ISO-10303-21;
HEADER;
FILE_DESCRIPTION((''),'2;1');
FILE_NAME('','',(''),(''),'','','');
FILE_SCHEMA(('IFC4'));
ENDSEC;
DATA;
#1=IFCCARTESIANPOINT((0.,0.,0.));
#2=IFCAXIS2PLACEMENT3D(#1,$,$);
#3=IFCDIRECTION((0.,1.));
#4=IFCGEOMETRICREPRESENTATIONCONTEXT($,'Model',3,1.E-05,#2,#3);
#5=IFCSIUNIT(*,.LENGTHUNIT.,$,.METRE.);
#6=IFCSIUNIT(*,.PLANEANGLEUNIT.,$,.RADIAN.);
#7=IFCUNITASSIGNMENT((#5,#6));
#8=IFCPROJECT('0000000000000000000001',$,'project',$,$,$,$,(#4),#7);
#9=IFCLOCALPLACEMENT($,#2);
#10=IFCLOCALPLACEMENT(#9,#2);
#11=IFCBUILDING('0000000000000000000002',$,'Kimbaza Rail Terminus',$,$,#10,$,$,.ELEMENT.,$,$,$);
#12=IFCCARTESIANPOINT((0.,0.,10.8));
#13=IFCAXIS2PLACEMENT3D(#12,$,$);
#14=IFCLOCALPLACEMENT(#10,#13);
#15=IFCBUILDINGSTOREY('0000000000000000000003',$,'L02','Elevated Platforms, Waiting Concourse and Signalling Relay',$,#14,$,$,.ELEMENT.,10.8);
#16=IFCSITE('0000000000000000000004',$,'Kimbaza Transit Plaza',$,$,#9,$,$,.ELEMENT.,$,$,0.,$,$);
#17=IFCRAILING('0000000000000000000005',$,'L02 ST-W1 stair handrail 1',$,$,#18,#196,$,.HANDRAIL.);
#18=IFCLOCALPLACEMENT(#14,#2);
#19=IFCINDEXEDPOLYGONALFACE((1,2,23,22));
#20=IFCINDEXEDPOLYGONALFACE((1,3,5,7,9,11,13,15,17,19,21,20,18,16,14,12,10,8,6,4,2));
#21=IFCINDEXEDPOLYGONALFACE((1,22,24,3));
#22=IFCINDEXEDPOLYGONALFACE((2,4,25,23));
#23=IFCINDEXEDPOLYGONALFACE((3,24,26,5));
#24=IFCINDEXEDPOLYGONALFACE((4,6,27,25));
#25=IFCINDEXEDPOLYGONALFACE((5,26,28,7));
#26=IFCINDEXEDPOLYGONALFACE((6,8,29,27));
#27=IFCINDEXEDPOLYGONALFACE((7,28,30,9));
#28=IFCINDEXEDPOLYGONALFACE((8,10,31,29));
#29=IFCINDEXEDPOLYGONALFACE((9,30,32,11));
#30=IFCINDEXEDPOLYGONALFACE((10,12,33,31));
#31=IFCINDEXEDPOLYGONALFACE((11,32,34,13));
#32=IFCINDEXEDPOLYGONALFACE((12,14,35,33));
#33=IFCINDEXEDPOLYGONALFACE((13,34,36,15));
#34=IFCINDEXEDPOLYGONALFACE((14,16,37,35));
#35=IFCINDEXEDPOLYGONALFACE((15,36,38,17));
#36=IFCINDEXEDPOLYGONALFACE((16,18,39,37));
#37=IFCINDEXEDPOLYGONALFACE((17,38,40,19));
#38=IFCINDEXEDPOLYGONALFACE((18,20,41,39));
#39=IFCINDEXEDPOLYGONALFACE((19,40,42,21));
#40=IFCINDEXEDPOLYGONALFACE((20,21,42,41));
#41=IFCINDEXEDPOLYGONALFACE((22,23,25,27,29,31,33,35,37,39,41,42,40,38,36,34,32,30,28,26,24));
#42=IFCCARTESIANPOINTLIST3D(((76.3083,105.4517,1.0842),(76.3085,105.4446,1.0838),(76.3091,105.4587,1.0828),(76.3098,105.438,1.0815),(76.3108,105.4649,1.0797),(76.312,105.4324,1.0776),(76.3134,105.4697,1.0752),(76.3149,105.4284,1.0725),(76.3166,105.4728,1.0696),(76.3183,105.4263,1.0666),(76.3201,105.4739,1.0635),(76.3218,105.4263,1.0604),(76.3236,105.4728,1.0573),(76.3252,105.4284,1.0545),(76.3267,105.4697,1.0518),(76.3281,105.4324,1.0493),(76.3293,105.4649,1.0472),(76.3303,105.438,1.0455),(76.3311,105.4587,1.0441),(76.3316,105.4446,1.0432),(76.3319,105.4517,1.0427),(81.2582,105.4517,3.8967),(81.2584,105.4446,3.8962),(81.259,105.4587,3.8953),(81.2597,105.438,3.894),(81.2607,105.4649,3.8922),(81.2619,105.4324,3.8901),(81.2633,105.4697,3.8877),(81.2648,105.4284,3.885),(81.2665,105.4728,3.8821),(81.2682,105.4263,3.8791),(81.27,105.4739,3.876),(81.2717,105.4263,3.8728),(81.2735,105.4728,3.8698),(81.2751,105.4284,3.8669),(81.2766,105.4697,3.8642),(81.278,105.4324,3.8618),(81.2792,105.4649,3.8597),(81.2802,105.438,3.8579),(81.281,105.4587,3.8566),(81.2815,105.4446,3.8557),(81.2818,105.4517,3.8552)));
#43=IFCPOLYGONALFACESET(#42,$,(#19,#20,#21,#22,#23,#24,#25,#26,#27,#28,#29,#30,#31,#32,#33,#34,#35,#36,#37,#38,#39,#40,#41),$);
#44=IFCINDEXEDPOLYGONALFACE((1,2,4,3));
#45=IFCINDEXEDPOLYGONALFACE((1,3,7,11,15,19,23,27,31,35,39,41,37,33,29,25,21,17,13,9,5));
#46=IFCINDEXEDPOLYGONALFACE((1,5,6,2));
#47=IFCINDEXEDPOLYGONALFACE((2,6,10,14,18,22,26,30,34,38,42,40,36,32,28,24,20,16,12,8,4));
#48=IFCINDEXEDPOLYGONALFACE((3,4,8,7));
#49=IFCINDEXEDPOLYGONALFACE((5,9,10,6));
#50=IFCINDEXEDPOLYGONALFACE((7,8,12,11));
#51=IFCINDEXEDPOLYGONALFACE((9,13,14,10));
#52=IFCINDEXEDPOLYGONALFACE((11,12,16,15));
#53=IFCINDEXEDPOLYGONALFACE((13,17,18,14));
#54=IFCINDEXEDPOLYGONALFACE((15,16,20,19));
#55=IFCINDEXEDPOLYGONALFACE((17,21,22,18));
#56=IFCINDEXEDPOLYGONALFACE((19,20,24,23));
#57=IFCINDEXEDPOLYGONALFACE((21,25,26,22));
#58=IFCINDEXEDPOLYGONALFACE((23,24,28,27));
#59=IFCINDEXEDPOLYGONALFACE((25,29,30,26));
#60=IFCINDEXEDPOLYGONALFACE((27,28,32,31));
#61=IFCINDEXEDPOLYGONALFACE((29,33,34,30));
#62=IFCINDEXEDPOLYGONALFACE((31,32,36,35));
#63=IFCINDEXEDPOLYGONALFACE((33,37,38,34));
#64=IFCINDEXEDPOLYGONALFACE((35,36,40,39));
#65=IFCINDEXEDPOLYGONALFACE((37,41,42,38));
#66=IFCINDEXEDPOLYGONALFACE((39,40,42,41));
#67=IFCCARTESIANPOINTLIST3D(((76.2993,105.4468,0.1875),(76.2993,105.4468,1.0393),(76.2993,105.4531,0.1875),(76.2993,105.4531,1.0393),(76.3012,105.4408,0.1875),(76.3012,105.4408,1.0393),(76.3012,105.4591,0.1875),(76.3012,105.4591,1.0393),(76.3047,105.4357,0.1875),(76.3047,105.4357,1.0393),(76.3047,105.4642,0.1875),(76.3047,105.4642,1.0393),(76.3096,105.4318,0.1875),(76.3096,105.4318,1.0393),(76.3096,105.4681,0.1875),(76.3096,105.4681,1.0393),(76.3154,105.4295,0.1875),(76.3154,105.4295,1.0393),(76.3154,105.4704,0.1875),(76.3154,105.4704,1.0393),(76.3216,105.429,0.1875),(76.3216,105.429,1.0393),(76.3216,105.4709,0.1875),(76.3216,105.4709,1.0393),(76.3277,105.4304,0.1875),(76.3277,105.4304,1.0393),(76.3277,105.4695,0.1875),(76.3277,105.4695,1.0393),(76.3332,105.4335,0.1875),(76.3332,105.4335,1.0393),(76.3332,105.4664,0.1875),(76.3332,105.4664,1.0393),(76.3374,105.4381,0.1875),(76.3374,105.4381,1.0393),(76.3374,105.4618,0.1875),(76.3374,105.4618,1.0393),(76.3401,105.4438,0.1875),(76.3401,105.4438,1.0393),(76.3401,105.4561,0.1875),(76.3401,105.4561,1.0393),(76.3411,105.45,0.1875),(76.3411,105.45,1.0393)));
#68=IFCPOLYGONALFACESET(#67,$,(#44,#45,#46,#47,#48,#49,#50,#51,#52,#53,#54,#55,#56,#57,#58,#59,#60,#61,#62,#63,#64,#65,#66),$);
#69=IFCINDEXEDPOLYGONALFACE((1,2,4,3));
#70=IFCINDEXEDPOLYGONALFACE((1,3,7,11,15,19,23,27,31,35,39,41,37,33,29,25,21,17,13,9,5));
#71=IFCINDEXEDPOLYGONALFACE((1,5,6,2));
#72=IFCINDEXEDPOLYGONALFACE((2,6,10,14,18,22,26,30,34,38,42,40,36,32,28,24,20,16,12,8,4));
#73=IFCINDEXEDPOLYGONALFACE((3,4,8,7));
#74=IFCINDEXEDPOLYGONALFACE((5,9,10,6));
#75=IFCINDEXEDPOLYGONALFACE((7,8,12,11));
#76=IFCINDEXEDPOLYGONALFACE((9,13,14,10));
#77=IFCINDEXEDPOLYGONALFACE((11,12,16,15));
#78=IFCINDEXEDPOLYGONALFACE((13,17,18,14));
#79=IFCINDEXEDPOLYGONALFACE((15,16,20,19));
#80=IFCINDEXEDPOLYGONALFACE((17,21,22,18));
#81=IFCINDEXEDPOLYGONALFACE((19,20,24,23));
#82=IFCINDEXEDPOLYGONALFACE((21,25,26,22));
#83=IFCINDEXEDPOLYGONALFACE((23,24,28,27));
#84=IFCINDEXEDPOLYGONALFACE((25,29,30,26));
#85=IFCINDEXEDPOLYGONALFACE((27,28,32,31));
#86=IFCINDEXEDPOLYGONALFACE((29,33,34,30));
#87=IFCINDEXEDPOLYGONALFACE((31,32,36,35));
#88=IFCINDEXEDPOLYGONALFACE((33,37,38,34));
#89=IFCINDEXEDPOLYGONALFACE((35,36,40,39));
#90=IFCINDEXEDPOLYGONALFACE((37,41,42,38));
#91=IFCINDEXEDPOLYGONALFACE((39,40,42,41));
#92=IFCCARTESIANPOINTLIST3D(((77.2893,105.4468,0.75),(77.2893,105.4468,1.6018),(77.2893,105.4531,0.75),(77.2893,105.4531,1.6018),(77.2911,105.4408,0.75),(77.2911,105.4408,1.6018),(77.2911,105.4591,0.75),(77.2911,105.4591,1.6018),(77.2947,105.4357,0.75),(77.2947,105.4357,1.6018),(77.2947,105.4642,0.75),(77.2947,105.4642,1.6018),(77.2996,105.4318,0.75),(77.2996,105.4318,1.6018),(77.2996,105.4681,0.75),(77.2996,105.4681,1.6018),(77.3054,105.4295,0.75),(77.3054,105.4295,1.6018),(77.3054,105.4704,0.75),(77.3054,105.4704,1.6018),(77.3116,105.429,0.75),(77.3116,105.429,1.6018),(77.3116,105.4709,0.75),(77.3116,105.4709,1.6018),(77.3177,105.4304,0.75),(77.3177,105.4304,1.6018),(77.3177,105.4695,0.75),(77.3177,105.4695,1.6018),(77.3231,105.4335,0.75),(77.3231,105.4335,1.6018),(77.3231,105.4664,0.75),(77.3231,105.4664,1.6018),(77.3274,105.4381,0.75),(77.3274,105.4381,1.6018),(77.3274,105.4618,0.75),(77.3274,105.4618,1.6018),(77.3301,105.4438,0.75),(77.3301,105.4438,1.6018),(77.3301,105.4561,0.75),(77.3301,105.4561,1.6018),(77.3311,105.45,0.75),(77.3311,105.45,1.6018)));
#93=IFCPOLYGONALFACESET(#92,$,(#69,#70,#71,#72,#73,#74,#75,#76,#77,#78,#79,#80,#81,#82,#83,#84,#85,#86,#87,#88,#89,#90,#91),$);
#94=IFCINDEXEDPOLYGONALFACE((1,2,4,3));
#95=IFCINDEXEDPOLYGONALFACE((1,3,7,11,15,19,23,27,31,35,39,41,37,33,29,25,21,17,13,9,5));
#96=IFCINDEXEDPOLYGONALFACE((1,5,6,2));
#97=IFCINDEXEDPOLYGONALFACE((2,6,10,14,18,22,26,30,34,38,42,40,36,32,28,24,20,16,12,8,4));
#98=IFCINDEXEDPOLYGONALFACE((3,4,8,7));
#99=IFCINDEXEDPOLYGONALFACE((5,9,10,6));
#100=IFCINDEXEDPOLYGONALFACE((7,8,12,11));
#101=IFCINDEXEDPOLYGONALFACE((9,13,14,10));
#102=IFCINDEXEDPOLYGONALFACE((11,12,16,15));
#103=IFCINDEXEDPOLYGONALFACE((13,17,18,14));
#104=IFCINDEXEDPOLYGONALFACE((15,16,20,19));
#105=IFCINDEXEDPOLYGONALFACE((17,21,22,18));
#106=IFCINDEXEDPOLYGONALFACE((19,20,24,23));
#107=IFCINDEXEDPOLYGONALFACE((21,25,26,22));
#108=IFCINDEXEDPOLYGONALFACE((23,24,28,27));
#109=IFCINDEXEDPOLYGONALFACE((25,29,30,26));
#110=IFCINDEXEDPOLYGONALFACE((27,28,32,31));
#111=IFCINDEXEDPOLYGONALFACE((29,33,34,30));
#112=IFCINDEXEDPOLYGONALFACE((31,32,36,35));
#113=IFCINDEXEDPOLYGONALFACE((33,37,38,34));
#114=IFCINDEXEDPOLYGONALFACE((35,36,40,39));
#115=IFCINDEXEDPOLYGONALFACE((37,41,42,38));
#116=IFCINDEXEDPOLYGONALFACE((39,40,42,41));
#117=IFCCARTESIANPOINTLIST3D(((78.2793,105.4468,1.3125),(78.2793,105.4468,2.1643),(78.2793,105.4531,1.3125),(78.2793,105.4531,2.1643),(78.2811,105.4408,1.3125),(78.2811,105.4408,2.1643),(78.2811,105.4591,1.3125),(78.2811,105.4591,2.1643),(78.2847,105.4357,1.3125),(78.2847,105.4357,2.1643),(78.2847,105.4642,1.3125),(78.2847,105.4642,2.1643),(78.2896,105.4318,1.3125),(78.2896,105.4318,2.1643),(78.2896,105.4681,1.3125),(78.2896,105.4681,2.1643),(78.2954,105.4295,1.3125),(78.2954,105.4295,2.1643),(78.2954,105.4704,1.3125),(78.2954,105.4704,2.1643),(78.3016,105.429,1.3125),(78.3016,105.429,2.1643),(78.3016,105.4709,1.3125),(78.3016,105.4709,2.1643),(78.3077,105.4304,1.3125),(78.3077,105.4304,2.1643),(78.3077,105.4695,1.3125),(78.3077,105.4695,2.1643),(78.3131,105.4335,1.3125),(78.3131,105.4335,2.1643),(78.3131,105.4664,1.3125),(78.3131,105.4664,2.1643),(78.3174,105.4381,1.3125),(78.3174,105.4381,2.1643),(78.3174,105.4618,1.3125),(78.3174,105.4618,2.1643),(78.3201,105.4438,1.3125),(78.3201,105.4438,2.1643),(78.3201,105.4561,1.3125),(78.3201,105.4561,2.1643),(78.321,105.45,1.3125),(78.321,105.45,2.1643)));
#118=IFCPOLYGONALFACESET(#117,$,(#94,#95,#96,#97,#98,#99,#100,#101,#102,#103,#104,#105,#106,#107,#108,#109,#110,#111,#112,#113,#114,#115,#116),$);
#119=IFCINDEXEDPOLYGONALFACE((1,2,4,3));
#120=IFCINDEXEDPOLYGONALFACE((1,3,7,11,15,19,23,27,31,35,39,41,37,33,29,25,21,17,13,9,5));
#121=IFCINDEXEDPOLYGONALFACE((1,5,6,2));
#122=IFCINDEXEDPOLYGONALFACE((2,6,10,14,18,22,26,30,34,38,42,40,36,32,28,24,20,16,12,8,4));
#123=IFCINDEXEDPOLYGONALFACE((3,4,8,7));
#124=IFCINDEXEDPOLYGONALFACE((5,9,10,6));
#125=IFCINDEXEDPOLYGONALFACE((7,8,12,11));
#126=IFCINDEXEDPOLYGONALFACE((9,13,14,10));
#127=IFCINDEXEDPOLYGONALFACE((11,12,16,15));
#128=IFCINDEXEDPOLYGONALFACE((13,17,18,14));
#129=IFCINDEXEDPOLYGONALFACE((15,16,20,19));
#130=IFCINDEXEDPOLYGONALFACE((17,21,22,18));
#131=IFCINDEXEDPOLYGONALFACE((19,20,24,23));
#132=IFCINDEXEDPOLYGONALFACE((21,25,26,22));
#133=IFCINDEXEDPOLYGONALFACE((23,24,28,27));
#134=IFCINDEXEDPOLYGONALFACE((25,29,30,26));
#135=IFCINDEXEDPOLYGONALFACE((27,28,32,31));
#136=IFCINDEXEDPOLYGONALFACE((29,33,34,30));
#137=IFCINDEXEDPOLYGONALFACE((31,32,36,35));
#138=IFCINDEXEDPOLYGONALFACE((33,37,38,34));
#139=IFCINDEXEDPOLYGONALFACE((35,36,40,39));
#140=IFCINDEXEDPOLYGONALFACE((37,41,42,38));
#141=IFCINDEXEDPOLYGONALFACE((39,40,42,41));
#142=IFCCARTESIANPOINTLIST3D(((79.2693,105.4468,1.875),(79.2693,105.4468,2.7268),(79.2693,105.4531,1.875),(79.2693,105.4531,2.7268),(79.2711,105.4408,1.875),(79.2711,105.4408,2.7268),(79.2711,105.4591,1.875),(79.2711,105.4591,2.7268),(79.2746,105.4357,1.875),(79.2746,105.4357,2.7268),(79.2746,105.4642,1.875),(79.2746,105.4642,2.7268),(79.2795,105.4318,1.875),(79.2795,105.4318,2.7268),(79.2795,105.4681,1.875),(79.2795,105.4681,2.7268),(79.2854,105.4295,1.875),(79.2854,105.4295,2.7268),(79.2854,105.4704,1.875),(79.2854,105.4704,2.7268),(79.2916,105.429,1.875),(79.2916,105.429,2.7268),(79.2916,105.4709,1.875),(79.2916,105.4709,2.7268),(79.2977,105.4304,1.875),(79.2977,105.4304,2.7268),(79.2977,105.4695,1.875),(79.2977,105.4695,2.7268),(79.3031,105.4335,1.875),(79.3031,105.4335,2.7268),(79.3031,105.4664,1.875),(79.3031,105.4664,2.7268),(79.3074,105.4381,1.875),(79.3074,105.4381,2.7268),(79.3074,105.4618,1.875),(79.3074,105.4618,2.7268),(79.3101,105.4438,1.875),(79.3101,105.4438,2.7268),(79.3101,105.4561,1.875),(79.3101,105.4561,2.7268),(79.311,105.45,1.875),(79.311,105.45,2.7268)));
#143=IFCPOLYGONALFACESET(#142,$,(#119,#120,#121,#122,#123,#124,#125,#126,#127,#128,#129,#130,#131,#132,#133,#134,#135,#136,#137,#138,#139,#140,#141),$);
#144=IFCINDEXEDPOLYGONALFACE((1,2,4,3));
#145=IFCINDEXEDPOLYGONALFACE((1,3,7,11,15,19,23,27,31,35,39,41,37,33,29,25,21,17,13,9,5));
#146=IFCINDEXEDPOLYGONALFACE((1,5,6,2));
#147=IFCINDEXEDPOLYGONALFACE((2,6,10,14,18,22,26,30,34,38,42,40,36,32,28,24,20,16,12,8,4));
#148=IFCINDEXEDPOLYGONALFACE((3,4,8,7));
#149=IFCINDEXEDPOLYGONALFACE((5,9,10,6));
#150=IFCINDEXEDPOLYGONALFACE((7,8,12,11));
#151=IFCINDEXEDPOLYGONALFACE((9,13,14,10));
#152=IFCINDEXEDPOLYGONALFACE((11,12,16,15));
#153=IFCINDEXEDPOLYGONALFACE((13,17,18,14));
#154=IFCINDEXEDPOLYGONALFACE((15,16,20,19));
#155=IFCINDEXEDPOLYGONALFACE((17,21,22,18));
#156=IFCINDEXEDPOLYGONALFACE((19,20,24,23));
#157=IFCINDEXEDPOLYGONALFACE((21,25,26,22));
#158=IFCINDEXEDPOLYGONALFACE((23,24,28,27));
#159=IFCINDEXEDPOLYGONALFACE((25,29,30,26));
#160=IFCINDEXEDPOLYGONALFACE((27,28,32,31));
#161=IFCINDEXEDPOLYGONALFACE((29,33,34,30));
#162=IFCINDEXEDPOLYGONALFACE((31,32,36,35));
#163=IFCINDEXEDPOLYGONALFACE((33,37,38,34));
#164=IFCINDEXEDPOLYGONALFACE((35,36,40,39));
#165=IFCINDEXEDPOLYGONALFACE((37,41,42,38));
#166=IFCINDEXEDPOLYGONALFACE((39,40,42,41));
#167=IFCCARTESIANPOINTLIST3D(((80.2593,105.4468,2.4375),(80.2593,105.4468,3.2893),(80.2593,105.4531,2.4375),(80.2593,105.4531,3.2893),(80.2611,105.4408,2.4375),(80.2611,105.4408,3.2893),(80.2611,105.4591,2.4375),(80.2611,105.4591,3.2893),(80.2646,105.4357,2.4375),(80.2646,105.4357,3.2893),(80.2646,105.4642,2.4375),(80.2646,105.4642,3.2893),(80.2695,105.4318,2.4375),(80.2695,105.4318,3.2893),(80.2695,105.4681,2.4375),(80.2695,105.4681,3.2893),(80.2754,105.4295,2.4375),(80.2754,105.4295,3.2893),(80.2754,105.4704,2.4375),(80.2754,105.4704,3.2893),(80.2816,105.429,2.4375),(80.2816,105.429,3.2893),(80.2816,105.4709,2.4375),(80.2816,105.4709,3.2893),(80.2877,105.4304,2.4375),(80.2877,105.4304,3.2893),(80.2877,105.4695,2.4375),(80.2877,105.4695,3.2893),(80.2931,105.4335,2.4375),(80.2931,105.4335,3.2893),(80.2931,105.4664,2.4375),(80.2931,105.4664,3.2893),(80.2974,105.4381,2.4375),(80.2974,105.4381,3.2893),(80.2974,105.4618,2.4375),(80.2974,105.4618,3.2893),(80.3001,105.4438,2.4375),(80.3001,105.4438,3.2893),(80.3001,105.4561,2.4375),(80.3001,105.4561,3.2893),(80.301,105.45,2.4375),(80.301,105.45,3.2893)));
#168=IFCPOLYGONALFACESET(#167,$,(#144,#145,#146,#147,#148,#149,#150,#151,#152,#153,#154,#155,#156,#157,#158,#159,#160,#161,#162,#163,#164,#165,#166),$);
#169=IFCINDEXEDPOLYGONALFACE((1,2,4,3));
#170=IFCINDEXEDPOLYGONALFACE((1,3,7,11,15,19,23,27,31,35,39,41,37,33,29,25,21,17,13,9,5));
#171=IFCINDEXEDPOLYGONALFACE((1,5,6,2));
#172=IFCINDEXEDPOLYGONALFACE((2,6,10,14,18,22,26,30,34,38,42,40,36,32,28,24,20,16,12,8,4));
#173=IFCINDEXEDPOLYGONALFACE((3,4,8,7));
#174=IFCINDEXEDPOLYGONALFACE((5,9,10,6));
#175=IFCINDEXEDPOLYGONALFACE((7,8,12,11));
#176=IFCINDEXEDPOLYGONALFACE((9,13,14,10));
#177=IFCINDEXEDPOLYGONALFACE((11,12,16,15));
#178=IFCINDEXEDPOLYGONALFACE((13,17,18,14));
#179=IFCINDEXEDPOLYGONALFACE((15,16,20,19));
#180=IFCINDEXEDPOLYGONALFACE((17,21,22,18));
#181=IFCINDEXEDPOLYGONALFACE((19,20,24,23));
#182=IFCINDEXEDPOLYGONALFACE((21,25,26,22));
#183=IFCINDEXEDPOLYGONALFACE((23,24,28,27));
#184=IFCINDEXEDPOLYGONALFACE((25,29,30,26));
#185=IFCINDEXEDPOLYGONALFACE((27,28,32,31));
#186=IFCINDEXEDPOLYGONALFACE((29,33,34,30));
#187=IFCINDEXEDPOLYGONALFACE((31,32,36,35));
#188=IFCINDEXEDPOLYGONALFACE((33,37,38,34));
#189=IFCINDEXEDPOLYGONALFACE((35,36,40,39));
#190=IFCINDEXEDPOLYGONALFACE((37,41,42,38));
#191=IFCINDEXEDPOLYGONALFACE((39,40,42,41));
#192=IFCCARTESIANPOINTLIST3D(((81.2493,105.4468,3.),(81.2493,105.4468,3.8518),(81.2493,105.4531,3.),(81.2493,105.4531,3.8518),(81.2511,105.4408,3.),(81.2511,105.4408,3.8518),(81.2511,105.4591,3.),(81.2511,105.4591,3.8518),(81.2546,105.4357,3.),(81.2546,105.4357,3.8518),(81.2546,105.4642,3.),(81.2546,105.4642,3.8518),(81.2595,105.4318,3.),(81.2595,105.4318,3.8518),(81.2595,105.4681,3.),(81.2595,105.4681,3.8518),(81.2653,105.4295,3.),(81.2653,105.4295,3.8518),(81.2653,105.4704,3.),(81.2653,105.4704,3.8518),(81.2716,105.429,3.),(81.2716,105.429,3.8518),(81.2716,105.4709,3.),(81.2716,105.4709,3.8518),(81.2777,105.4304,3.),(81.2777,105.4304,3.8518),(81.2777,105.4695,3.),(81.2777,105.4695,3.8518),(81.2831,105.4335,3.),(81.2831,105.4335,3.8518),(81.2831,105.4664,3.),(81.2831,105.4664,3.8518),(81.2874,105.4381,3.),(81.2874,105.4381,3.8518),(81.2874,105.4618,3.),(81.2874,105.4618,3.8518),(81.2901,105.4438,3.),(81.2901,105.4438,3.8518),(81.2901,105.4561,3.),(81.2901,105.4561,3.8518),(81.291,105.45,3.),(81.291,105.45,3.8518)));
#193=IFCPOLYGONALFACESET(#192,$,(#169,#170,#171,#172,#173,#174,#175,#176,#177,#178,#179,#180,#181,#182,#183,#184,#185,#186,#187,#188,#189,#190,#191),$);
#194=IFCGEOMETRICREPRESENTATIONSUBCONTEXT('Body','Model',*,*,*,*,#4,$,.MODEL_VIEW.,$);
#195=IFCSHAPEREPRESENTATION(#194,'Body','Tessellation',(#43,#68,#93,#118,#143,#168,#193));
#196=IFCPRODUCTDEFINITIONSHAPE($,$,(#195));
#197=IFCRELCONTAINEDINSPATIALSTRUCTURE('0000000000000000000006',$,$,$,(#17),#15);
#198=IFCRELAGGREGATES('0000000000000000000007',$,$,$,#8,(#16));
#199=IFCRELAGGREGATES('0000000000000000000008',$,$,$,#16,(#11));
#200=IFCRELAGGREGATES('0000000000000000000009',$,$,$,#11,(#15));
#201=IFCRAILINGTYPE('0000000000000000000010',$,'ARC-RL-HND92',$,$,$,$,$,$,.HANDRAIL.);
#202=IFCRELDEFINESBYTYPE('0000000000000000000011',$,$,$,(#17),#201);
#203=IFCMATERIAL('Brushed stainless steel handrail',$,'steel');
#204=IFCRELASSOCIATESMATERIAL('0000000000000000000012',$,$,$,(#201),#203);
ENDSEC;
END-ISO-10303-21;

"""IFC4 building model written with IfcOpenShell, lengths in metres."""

from ifc_helpers import new_model, si_unit, direction, frame, origin, origin_2d, place, context, subcontext, project, spatial, circle, extrude, material, type_object, element, save


model = new_model("IFC4")

# Units and contexts
model_context = context("Model", 3, precision=1e-05, world=origin(), true_north=direction((0.0, 1.0)))
body_context = subcontext(model_context, "Body", "Model", "MODEL_VIEW")
ifc_project = project(units=[si_unit("LENGTHUNIT", "METRE"), si_unit("PLANEANGLEUNIT", "RADIAN")], contexts=[model_context])

# Site, building, storey
site_placement = place(None, origin())
site = spatial("IfcSite", under=ifc_project, at=site_placement, Name="Kimbaza Transit Plaza", CompositionType="ELEMENT", RefElevation=0.0)
building_placement = place(site_placement, origin())
building = spatial("IfcBuilding", under=site, at=building_placement, Name="Kimbaza Rail Terminus", CompositionType="ELEMENT")
storey_placement = place(building_placement, frame((0.0, 0.0, 10.8)))
storey = spatial("IfcBuildingStorey", under=building, at=storey_placement, Name="L02", Description="Elevated Platforms, Waiting Concourse and Signalling Relay", CompositionType="ELEMENT", Elevation=10.8)

# Railing
ifc_material_1 = material(Name="Brushed stainless steel handrail", Category="steel")
railing_type_1 = type_object("IfcRailingType", Name="ARC-RL-HND92", PredefinedType="HANDRAIL", material=ifc_material_1)
railing_1_placement = place(storey_placement, frame((76.3201, 105.45, 0.1875)))
element("IfcRailing", 1, at=railing_1_placement, inside=storey, type_object=railing_type_1, Name="L02 ST-W1 stair handrail 1", PredefinedType="HANDRAIL", context=body_context, shape_type="SweptSolid", body=[
    extrude(circle(Radius=0.0239, at=origin_2d()), frame((0.0, 0.0, 0.876), z_axis=(0.869454, 0.0, 0.494013), x_axis=(0.0, 1.0, 0.0)), (0.0, 0.0, 1.0), 5.6931),
    extrude(circle(Radius=0.021, at=origin_2d()), origin(), (0.0, 0.0, 1.0), 0.8518),
    extrude(circle(Radius=0.021, at=origin_2d()), frame((0.99, 0.0, 0.5625)), (0.0, 0.0, 1.0), 0.8518),
    extrude(circle(Radius=0.021, at=origin_2d()), frame((1.98, 0.0, 1.125)), (0.0, 0.0, 1.0), 0.8518),
    extrude(circle(Radius=0.021, at=origin_2d()), frame((2.97, 0.0, 1.6875)), (0.0, 0.0, 1.0), 0.8518),
    extrude(circle(Radius=0.021, at=origin_2d()), frame((3.96, 0.0, 2.25)), (0.0, 0.0, 1.0), 0.8518),
    extrude(circle(Radius=0.021, at=origin_2d()), frame((4.95, 0.0, 2.8125)), (0.0, 0.0, 1.0), 0.8518),
])

save(model, "model.ifc")
